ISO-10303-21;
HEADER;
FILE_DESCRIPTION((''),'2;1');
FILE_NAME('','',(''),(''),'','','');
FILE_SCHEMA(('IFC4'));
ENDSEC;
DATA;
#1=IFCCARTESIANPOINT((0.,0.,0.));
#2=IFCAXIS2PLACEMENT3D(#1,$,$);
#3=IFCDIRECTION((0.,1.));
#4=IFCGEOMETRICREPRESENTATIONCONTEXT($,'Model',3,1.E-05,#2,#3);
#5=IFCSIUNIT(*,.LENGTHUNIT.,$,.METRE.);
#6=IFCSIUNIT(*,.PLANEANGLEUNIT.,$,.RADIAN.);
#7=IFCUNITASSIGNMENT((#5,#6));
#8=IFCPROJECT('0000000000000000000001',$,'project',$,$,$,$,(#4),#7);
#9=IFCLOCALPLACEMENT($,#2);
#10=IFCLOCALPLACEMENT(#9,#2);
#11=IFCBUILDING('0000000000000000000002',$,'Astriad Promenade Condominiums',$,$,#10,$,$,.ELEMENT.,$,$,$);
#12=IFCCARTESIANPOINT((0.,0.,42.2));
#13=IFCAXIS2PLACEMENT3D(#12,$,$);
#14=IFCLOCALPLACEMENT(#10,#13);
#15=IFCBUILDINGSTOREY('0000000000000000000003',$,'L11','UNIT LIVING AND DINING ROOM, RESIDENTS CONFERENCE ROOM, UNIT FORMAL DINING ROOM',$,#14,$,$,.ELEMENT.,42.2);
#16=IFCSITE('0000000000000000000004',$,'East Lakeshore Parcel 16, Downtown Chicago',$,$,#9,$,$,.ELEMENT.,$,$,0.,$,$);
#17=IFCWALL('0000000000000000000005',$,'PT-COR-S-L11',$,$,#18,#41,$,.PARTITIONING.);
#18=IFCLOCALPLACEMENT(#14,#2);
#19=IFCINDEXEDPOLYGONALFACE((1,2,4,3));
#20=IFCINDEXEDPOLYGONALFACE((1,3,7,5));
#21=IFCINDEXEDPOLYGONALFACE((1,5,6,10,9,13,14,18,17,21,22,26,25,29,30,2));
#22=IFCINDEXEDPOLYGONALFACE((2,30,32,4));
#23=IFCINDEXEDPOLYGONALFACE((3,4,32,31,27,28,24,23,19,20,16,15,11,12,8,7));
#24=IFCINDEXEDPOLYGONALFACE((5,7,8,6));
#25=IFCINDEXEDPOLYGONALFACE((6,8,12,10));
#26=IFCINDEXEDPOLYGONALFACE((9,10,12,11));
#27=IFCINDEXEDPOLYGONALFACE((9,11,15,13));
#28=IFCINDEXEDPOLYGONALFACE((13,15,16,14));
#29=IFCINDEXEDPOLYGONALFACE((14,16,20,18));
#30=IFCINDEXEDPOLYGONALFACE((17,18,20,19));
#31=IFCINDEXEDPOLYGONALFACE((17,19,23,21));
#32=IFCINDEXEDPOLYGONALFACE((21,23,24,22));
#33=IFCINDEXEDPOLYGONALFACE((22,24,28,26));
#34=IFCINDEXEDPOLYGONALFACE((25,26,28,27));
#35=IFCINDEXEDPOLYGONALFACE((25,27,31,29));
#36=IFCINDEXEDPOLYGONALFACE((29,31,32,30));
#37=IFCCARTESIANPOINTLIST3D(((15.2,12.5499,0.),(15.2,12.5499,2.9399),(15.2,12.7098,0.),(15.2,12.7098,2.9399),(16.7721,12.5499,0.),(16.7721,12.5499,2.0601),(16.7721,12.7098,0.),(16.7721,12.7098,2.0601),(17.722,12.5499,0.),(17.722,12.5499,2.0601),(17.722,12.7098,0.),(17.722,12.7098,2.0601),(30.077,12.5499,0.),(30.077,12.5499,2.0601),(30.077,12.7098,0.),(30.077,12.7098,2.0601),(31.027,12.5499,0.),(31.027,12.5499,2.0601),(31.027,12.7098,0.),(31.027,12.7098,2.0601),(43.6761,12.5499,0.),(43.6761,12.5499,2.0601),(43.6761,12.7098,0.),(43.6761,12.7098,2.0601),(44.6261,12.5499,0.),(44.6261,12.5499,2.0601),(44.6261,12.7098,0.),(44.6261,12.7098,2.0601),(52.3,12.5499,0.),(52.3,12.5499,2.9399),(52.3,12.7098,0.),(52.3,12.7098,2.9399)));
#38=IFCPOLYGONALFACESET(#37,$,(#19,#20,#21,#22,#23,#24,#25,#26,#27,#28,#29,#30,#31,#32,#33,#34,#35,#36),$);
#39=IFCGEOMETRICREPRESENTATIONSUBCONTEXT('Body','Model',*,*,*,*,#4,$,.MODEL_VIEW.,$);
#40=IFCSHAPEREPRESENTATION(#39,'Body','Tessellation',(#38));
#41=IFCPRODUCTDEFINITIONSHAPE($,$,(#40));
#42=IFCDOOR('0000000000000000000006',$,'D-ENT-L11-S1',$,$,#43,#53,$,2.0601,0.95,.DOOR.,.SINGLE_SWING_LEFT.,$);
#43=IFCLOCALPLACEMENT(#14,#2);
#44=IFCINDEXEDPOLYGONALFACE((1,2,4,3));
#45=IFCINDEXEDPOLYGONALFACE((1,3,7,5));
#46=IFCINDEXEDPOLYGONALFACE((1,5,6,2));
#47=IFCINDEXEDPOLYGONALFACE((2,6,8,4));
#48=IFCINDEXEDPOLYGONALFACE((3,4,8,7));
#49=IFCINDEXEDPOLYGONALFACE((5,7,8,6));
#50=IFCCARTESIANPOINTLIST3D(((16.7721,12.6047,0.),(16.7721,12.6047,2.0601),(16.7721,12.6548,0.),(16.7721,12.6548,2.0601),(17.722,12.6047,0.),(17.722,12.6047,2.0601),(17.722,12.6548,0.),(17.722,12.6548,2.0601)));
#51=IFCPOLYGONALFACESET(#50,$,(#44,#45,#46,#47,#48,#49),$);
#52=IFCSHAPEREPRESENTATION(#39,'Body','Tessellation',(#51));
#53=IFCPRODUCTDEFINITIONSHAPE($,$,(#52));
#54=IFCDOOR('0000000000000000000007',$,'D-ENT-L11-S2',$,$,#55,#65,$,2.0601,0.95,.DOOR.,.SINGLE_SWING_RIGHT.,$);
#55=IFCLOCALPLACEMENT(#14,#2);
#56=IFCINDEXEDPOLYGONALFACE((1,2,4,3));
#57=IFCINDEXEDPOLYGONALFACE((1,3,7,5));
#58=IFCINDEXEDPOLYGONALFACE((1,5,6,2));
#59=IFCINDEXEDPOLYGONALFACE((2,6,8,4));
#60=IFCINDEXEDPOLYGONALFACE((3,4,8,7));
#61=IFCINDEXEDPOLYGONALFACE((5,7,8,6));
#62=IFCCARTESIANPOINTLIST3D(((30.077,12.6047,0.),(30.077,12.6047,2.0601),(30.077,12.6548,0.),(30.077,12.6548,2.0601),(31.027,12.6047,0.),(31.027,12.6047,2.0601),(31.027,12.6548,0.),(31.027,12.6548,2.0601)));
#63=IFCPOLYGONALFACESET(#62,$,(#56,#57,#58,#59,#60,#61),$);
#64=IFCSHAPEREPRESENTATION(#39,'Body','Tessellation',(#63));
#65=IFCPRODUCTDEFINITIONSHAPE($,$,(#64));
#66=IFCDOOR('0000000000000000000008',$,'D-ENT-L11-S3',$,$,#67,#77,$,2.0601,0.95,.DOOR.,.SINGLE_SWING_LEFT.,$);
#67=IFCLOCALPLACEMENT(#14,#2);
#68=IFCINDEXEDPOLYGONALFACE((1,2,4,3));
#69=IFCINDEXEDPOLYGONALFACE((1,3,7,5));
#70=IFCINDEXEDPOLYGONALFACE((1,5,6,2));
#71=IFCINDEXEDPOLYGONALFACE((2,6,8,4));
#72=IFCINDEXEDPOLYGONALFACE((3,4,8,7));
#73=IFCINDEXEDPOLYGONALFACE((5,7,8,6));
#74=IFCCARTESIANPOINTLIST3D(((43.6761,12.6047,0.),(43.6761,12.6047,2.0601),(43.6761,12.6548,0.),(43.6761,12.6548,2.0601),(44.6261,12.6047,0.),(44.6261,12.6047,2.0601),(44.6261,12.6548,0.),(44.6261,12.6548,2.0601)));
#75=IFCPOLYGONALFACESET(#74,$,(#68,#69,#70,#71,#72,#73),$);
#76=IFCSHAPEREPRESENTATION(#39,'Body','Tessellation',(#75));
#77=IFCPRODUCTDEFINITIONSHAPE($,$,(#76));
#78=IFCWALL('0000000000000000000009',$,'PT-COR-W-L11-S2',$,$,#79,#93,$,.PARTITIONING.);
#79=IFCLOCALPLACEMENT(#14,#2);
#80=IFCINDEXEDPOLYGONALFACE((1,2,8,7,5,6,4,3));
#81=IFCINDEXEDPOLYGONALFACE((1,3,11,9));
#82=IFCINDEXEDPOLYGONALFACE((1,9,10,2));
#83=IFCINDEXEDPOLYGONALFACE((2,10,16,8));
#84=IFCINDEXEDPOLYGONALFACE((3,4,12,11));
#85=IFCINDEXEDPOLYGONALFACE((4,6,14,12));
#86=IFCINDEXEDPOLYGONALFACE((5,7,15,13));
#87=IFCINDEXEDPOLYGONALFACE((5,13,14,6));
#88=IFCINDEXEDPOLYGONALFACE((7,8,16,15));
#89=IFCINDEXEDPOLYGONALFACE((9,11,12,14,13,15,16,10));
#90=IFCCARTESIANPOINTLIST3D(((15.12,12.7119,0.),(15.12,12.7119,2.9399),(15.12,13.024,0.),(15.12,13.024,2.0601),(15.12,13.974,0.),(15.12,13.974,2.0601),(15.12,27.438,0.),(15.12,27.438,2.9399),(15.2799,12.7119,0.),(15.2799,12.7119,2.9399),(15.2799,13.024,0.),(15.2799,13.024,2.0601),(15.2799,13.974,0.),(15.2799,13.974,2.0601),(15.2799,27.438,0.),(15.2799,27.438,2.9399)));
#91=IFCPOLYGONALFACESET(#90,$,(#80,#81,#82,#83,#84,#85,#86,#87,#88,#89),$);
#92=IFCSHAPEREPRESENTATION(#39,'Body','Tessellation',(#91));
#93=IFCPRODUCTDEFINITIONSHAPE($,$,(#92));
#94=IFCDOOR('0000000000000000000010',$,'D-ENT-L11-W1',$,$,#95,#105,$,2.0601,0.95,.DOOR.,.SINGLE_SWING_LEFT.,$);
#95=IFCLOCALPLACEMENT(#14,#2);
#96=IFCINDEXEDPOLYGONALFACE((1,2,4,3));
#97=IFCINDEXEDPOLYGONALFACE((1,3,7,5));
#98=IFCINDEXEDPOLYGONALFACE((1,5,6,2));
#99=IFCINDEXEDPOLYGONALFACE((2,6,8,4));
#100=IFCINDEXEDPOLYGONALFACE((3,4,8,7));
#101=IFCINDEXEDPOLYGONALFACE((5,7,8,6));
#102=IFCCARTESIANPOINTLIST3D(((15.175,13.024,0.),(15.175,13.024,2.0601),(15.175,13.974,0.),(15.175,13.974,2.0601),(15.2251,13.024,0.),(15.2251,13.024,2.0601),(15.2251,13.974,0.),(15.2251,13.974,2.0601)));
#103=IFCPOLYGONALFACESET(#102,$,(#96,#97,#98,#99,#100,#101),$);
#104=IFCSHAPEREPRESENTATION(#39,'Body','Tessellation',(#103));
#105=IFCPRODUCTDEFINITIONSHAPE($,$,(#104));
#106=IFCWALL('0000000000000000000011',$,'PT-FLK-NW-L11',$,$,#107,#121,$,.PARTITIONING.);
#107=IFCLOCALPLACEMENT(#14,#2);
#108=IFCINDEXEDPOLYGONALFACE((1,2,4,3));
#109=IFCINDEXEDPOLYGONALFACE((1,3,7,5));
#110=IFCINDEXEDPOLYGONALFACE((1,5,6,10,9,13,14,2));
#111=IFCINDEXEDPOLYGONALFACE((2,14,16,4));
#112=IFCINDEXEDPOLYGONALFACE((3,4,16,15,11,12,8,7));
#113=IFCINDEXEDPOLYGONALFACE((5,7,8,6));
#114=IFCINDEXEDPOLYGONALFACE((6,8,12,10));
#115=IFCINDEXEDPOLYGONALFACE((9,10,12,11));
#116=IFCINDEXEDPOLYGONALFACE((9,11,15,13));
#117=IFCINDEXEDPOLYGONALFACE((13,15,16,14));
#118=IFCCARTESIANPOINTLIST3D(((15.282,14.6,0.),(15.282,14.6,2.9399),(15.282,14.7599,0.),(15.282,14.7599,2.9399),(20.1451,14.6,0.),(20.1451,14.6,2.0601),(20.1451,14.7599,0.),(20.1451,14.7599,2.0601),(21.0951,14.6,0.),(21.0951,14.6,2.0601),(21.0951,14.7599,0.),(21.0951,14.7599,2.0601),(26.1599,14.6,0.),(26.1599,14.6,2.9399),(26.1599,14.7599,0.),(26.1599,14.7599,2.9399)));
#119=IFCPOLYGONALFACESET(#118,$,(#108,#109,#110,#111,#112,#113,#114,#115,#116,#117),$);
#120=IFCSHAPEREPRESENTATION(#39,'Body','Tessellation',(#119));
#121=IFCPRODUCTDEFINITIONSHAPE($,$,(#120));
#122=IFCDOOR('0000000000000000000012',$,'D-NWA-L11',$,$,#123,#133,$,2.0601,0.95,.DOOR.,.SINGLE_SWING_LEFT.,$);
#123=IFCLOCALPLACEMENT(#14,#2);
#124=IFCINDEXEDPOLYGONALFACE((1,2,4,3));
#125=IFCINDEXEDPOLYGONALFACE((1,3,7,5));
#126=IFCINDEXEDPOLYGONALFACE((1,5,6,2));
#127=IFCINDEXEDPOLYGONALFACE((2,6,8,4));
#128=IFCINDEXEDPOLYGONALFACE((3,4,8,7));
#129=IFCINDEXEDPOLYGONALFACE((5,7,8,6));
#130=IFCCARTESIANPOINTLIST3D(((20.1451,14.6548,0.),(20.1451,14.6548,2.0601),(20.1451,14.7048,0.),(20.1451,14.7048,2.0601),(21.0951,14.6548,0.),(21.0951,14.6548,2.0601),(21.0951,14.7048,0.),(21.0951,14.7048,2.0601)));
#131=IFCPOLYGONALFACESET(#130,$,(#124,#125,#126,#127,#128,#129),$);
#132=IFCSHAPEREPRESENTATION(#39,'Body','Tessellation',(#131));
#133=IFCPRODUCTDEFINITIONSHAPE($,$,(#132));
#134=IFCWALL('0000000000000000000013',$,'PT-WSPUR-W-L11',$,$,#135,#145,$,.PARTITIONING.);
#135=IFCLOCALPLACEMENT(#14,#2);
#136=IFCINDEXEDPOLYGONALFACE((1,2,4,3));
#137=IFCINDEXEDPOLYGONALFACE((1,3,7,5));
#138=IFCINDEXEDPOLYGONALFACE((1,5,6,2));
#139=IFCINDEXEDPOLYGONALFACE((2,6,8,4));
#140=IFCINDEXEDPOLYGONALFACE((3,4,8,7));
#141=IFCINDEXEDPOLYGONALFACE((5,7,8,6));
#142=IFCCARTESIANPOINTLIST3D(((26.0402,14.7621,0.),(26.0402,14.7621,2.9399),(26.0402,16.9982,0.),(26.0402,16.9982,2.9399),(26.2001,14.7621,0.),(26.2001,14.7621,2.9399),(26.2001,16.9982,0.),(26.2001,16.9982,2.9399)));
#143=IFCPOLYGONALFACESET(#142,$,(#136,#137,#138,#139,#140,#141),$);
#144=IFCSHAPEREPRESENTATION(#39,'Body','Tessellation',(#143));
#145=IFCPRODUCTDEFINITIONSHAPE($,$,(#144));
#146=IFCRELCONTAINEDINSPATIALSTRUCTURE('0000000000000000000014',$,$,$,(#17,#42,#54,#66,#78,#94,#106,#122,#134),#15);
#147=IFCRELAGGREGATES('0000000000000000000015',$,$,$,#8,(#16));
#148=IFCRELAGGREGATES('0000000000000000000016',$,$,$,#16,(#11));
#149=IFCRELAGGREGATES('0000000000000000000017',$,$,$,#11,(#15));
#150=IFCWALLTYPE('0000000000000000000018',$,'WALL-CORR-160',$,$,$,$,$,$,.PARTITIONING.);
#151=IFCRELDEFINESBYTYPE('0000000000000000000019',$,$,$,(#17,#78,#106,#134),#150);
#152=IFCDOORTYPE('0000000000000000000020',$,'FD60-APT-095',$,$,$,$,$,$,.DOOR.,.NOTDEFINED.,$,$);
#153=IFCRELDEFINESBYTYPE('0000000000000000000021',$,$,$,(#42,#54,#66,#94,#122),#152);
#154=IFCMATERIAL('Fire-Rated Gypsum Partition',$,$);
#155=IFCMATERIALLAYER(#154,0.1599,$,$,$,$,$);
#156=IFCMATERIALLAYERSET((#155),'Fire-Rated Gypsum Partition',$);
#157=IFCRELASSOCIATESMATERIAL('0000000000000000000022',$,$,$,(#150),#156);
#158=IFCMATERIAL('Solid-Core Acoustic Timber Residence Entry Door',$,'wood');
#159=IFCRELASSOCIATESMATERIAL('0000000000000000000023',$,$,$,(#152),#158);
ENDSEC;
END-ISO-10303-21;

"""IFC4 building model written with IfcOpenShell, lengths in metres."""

from ifc_helpers import new_model, si_unit, direction, frame, frame_2d, origin, place, context, subcontext, project, spatial, rectangle, extrude, source, transform, mapped, material, layer, layer_set, type_object, type_shapes, element, fill, save


model = new_model("IFC4")

# Units and contexts
model_context = context("Model", 3, precision=1e-05, world=origin(), true_north=direction((0.0, 1.0)))
body_context = subcontext(model_context, "Body", "Model", "MODEL_VIEW")
ifc_project = project(units=[si_unit("LENGTHUNIT", "METRE"), si_unit("PLANEANGLEUNIT", "RADIAN")], contexts=[model_context])

# Site, building, storey
site_placement = place(None, origin())
site = spatial("IfcSite", under=ifc_project, at=site_placement, Name="East Lakeshore Parcel 16, Downtown Chicago", CompositionType="ELEMENT", RefElevation=0.0)
building_placement = place(site_placement, origin())
building = spatial("IfcBuilding", under=site, at=building_placement, Name="Astriad Promenade Condominiums", CompositionType="ELEMENT")
storey_placement = place(building_placement, frame((0.0, 0.0, 42.2)))
storey = spatial("IfcBuildingStorey", under=building, at=storey_placement, Name="L11", Description="UNIT LIVING AND DINING ROOM, RESIDENTS CONFERENCE ROOM, UNIT FORMAL DINING ROOM", CompositionType="ELEMENT", Elevation=42.2)

# Wall, openings, doors
ifc_material_1 = material(Name="Fire-Rated Gypsum Partition")
ifc_layer_1 = layer(ifc_material_1, 0.1599)
ifc_layer_set_1 = layer_set([ifc_layer_1], Name="Fire-Rated Gypsum Partition")
wall_type_1 = type_object("IfcWallType", Name="WALL-CORR-160", PredefinedType="PARTITIONING", material=ifc_layer_set_1)
wall_1_placement = place(storey_placement, frame((15.2, 12.6299, 0.0), z_axis=(0.0, 0.0, 1.0), x_axis=(1.0, 0.0, 0.0)))
wall_1 = element("IfcWall", 1, at=wall_1_placement, inside=storey, type_object=wall_type_1, Name="PT-COR-S-L11", PredefinedType="PARTITIONING", context=body_context, shape_type="SweptSolid", body=[
    extrude(rectangle(XDim=37.1001, YDim=0.1599, at=frame_2d((18.55, 0.0))), origin(), (0.0, 0.0, 1.0), 2.9399),
])
opening_1_placement = place(wall_1_placement, frame((1.572, 0.0, 0.0)))
opening_1 = element("IfcOpeningElement", 2, at=opening_1_placement, cuts=wall_1, PredefinedType="OPENING", context=body_context, shape_type="SweptSolid", body=[
    extrude(rectangle(XDim=0.95, YDim=2.0601, at=frame_2d((0.4751, 1.03))), frame((0.0, 0.0898, 0.0), z_axis=(0.0, -1.0, 0.0), x_axis=(1.0, 0.0, 0.0)), (0.0, 0.0, 1.0), 0.1799),
])
opening_2_placement = place(wall_1_placement, frame((14.877, 0.0, 0.0)))
opening_2 = element("IfcOpeningElement", 3, at=opening_2_placement, cuts=wall_1, PredefinedType="OPENING", context=body_context, shape_type="SweptSolid", body=[
    extrude(rectangle(XDim=0.95, YDim=2.0601, at=frame_2d((0.4751, 1.03))), frame((0.0, 0.0898, 0.0), z_axis=(0.0, -1.0, 0.0), x_axis=(1.0, 0.0, 0.0)), (0.0, 0.0, 1.0), 0.1799),
])
opening_3_placement = place(wall_1_placement, frame((28.4761, 0.0, 0.0)))
opening_3 = element("IfcOpeningElement", 4, at=opening_3_placement, cuts=wall_1, PredefinedType="OPENING", context=body_context, shape_type="SweptSolid", body=[
    extrude(rectangle(XDim=0.95, YDim=2.0601, at=frame_2d((0.4751, 1.03))), frame((0.0, 0.0898, 0.0), z_axis=(0.0, -1.0, 0.0), x_axis=(1.0, 0.0, 0.0)), (0.0, 0.0, 1.0), 0.1799),
])
ifc_material_2 = material(Name="Solid-Core Acoustic Timber Residence Entry Door", Category="wood")
door_type_1 = type_object("IfcDoorType", Name="FD60-APT-095", OperationType="NOTDEFINED", PredefinedType="DOOR", material=ifc_material_2)
shared_shape_1 = source(origin(), body_context, "Body", "SweptSolid", [
    extrude(rectangle(XDim=0.95, YDim=2.0601, at=frame_2d((0.4751, 1.03))), frame((0.0, 0.0249, 0.0), z_axis=(0.0, -1.0, 0.0), x_axis=(1.0, 0.0, 0.0)), (0.0, 0.0, 1.0), 0.05),
])
type_shapes(door_type_1, [shared_shape_1])
door_1_placement = place(opening_1_placement, origin())
door_1 = element("IfcDoor", 5, at=door_1_placement, inside=storey, type_object=door_type_1, Name="D-ENT-L11-S1", OperationType="SINGLE_SWING_LEFT", OverallHeight=2.0601, OverallWidth=0.95, PredefinedType="DOOR", context=body_context, shape_type="MappedRepresentation", body=[
    mapped(shared_shape_1, transform((0.0, 0.0, 0.0), scale=1.0)),
])
fill(opening_1, door_1)
door_2_placement = place(opening_2_placement, origin())
door_2 = element("IfcDoor", 6, at=door_2_placement, inside=storey, type_object=door_type_1, Name="D-ENT-L11-S2", OperationType="SINGLE_SWING_RIGHT", OverallHeight=2.0601, OverallWidth=0.95, PredefinedType="DOOR", context=body_context, shape_type="MappedRepresentation", body=[
    mapped(shared_shape_1, transform((0.0, 0.0, 0.0), scale=1.0)),
])
fill(opening_2, door_2)
door_3_placement = place(opening_3_placement, origin())
door_3 = element("IfcDoor", 7, at=door_3_placement, inside=storey, type_object=door_type_1, Name="D-ENT-L11-S3", OperationType="SINGLE_SWING_LEFT", OverallHeight=2.0601, OverallWidth=0.95, PredefinedType="DOOR", context=body_context, shape_type="MappedRepresentation", body=[
    mapped(shared_shape_1, transform((0.0, 0.0, 0.0), scale=1.0)),
])
fill(opening_3, door_3)

# Walls, openings, doors
wall_2_placement = place(storey_placement, frame((15.2, 12.7119, 0.0), z_axis=(0.0, 0.0, 1.0), x_axis=(0.0, 1.0, 0.0)))
wall_2 = element("IfcWall", 8, at=wall_2_placement, inside=storey, type_object=wall_type_1, Name="PT-COR-W-L11-S2", PredefinedType="PARTITIONING", context=body_context, shape_type="SweptSolid", body=[
    extrude(rectangle(XDim=14.7261, YDim=0.1599, at=frame_2d((7.363, 0.0))), origin(), (0.0, 0.0, 1.0), 2.9399),
])
opening_4_placement = place(wall_2_placement, frame((0.312, 0.0, 0.0)))
opening_4 = element("IfcOpeningElement", 9, at=opening_4_placement, cuts=wall_2, PredefinedType="OPENING", context=body_context, shape_type="SweptSolid", body=[
    extrude(rectangle(XDim=0.95, YDim=2.0601, at=frame_2d((0.4751, 1.03))), frame((0.0, 0.0898, 0.0), z_axis=(0.0, -1.0, 0.0), x_axis=(1.0, 0.0, 0.0)), (0.0, 0.0, 1.0), 0.1799),
])
door_4_placement = place(opening_4_placement, origin())
door_4 = element("IfcDoor", 10, at=door_4_placement, inside=storey, type_object=door_type_1, Name="D-ENT-L11-W1", OperationType="SINGLE_SWING_LEFT", OverallHeight=2.0601, OverallWidth=0.95, PredefinedType="DOOR", context=body_context, shape_type="MappedRepresentation", body=[
    mapped(shared_shape_1, transform((0.0, 0.0, 0.0), scale=1.0)),
])
fill(opening_4, door_4)
wall_3_placement = place(storey_placement, frame((15.282, 14.6799, 0.0), z_axis=(0.0, 0.0, 1.0), x_axis=(1.0, 0.0, 0.0)))
wall_3 = element("IfcWall", 11, at=wall_3_placement, inside=storey, type_object=wall_type_1, Name="PT-FLK-NW-L11", PredefinedType="PARTITIONING", context=body_context, shape_type="SweptSolid", body=[
    extrude(rectangle(XDim=10.8779, YDim=0.1599, at=frame_2d((5.439, 0.0))), origin(), (0.0, 0.0, 1.0), 2.9399),
])
opening_5_placement = place(wall_3_placement, frame((4.863, 0.0, 0.0)))
opening_5 = element("IfcOpeningElement", 12, at=opening_5_placement, cuts=wall_3, PredefinedType="OPENING", context=body_context, shape_type="SweptSolid", body=[
    extrude(rectangle(XDim=0.95, YDim=2.0601, at=frame_2d((0.4751, 1.03))), frame((0.0, 0.0898, 0.0), z_axis=(0.0, -1.0, 0.0), x_axis=(1.0, 0.0, 0.0)), (0.0, 0.0, 1.0), 0.1799),
])
door_5_placement = place(opening_5_placement, origin())
door_5 = element("IfcDoor", 13, at=door_5_placement, inside=storey, type_object=door_type_1, Name="D-NWA-L11", OperationType="SINGLE_SWING_LEFT", OverallHeight=2.0601, OverallWidth=0.95, PredefinedType="DOOR", context=body_context, shape_type="MappedRepresentation", body=[
    mapped(shared_shape_1, transform((0.0, 0.0, 0.0), scale=1.0)),
])
fill(opening_5, door_5)

# Wall
wall_4_placement = place(storey_placement, frame((26.1201, 14.762, 0.0), z_axis=(0.0, 0.0, 1.0), x_axis=(0.0, 1.0, 0.0)))
element("IfcWall", 14, at=wall_4_placement, inside=storey, type_object=wall_type_1, Name="PT-WSPUR-W-L11", PredefinedType="PARTITIONING", context=body_context, shape_type="SweptSolid", body=[
    extrude(rectangle(XDim=2.2361, YDim=0.1599, at=frame_2d((1.1182, 0.0))), origin(), (0.0, 0.0, 1.0), 2.9399),
])

save(model, "model.ifc")
